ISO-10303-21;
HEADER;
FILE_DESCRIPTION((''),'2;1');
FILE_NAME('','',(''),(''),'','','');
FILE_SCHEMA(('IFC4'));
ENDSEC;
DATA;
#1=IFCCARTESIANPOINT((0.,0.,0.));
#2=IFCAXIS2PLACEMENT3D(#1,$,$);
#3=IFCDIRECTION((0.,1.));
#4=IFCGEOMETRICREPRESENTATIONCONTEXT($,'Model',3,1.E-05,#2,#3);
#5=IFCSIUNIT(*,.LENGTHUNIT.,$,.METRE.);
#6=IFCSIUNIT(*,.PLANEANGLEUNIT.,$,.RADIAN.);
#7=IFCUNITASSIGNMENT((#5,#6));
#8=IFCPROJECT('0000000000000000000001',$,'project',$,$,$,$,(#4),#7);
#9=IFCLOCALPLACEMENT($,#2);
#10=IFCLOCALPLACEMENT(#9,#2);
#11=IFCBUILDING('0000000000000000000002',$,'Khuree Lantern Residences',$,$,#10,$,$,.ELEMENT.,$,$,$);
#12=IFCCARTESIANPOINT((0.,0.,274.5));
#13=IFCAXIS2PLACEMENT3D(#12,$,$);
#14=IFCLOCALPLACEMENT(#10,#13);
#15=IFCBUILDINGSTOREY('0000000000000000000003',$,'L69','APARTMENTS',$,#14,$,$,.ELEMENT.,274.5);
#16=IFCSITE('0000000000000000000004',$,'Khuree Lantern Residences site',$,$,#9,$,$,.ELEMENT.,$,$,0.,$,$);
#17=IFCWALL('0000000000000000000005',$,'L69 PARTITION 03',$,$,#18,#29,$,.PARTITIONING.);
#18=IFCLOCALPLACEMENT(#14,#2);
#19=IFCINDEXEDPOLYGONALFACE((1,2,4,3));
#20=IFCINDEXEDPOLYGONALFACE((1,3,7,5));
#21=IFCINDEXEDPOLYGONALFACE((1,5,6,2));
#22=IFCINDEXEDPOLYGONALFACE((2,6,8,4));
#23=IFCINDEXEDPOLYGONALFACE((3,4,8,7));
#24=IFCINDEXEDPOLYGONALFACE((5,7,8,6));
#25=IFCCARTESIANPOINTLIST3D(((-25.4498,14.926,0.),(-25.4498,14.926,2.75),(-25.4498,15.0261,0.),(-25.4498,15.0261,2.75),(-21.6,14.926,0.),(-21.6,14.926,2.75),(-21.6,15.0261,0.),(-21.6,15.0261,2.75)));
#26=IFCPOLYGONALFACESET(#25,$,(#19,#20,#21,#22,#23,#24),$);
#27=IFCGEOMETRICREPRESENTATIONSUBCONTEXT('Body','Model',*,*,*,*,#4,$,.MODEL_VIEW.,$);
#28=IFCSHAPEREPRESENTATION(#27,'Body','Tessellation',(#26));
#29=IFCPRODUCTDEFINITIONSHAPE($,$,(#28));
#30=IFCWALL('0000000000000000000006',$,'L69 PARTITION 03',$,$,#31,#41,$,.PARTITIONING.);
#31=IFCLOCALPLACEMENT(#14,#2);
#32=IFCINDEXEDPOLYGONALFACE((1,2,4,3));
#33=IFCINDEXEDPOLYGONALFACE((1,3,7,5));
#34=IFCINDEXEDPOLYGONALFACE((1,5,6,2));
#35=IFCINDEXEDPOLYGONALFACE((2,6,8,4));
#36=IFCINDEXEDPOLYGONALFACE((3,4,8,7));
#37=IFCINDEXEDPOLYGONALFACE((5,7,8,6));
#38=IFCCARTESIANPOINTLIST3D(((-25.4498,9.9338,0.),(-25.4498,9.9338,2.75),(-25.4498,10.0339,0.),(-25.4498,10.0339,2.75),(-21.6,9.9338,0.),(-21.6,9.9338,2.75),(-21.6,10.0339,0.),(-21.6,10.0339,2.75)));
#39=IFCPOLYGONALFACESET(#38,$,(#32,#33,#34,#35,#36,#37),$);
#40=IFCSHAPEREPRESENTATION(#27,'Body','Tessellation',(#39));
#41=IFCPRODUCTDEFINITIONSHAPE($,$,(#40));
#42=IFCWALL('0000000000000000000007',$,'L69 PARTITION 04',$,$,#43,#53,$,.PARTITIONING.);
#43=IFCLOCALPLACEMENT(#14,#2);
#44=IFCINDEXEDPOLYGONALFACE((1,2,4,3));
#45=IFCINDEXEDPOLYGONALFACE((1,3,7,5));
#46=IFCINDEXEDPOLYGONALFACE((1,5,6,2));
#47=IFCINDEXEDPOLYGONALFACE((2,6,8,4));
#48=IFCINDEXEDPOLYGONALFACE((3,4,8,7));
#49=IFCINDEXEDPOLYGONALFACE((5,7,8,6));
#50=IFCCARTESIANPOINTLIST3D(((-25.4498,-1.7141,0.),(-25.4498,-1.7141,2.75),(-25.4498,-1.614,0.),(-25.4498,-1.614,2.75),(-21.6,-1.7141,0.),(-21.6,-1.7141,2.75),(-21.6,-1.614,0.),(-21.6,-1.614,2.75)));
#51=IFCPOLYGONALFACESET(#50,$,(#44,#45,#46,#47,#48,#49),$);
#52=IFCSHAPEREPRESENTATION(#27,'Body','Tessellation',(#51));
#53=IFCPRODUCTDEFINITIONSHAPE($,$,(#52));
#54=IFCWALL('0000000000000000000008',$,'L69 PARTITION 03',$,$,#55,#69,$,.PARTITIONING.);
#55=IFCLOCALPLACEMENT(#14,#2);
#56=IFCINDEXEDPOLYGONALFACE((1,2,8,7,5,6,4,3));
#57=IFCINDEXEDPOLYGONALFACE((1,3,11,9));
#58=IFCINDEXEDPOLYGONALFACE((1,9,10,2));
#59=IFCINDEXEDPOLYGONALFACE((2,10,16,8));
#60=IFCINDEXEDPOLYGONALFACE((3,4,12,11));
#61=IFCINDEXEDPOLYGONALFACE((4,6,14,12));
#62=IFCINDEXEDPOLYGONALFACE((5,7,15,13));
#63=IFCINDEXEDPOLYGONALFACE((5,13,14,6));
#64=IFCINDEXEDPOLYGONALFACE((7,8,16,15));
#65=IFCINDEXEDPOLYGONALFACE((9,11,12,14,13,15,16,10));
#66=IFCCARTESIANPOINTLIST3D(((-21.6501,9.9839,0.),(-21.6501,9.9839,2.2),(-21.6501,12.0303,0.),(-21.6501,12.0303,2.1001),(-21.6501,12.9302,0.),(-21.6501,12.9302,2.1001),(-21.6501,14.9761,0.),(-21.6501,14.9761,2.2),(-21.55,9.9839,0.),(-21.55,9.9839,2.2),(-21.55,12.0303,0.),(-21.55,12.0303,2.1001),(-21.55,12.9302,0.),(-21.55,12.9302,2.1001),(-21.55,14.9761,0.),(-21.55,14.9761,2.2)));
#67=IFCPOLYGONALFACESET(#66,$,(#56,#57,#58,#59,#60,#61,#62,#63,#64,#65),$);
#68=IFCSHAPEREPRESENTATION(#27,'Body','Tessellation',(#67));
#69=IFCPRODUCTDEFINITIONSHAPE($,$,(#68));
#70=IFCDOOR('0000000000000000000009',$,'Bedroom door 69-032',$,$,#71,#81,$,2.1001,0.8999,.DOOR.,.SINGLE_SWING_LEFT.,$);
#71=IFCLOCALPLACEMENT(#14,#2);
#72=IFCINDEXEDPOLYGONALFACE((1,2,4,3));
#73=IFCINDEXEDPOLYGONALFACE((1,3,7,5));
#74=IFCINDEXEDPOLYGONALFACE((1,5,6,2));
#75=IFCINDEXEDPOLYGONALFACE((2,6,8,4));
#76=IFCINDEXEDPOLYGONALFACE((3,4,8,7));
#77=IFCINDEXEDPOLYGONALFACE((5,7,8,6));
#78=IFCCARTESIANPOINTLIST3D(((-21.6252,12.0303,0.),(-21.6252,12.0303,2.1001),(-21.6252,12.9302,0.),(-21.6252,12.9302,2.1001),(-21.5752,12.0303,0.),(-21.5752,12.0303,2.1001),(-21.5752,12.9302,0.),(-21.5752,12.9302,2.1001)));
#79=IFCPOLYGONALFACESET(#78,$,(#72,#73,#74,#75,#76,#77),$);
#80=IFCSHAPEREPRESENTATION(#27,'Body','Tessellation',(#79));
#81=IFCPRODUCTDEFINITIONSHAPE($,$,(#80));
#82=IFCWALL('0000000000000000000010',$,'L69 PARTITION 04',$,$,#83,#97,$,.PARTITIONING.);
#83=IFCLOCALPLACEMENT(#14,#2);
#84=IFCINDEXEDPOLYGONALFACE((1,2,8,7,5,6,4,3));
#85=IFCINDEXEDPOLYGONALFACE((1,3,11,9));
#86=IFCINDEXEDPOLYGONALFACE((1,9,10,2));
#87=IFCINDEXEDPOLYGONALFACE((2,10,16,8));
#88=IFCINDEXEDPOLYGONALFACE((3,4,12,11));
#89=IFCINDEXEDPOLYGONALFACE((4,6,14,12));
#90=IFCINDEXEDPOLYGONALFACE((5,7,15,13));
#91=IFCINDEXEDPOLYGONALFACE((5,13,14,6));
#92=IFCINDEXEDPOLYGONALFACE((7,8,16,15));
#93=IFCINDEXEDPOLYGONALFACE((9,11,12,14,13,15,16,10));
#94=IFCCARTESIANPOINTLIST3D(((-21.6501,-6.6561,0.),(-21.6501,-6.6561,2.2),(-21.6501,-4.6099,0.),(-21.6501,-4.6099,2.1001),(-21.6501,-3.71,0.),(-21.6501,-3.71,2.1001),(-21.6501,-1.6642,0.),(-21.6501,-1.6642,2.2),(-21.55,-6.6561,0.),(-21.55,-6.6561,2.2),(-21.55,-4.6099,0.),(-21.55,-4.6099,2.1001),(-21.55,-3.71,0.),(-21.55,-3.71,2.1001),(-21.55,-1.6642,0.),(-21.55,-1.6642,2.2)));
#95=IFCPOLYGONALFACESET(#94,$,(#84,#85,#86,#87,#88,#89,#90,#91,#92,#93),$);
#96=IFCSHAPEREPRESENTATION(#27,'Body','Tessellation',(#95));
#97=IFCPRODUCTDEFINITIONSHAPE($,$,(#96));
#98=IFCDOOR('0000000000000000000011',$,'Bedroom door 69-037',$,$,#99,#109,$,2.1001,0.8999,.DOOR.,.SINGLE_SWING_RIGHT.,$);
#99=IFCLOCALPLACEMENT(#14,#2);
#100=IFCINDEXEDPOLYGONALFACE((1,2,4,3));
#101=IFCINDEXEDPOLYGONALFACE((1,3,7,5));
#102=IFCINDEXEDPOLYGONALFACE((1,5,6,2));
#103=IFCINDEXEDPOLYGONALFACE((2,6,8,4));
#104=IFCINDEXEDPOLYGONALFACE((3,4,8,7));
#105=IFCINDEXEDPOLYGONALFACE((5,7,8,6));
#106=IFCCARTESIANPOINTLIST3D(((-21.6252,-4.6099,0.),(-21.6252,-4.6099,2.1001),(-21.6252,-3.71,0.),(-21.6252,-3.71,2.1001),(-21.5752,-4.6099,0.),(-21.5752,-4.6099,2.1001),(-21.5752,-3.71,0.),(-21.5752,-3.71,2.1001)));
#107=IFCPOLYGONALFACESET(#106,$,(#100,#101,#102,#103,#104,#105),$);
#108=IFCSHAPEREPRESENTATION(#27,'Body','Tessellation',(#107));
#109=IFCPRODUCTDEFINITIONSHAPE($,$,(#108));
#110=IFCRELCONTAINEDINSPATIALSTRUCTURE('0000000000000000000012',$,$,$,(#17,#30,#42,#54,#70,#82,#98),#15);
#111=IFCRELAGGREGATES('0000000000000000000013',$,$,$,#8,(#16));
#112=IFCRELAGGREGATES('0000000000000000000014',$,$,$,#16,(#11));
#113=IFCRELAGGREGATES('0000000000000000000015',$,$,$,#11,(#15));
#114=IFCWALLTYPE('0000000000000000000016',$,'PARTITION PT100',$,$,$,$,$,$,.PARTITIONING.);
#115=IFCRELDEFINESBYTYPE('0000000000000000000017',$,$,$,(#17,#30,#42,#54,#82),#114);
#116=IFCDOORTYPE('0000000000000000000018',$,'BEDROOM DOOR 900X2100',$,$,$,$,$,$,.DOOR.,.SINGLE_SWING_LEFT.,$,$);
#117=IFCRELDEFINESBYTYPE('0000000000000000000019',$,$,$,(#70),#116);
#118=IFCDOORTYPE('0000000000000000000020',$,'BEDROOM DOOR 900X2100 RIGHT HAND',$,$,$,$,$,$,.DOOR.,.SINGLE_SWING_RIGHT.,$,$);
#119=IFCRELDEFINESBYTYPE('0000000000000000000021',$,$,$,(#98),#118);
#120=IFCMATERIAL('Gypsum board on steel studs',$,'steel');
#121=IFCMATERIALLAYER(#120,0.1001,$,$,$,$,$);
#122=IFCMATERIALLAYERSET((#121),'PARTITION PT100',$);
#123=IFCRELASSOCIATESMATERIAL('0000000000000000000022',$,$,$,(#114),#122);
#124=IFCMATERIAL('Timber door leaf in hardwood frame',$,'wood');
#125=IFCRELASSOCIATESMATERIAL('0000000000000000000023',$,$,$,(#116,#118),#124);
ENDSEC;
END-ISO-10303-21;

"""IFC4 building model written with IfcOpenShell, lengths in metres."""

from ifc_helpers import new_model, si_unit, direction, frame, frame_2d, origin, place, context, subcontext, project, spatial, rectangle, extrude, material, layer, layer_set, type_object, element, fill, save


model = new_model("IFC4")

# Units and contexts
model_context = context("Model", 3, precision=1e-05, world=origin(), true_north=direction((0.0, 1.0)))
body_context = subcontext(model_context, "Body", "Model", "MODEL_VIEW")
ifc_project = project(units=[si_unit("LENGTHUNIT", "METRE"), si_unit("PLANEANGLEUNIT", "RADIAN")], contexts=[model_context])

# Site, building, storey
site_placement = place(None, origin())
site = spatial("IfcSite", under=ifc_project, at=site_placement, Name="Khuree Lantern Residences site", CompositionType="ELEMENT", RefElevation=0.0)
building_placement = place(site_placement, origin())
building = spatial("IfcBuilding", under=site, at=building_placement, Name="Khuree Lantern Residences", CompositionType="ELEMENT")
storey_placement = place(building_placement, frame((0.0, 0.0, 274.5)))
storey = spatial("IfcBuildingStorey", under=building, at=storey_placement, Name="L69", Description="APARTMENTS", CompositionType="ELEMENT", Elevation=274.5)

# Shared definitions
ifc_material_1 = material(Name="Timber door leaf in hardwood frame", Category="wood")

# Walls
ifc_material_2 = material(Name="Gypsum board on steel studs", Category="steel")
ifc_layer_1 = layer(ifc_material_2, 0.1001)
ifc_layer_set_1 = layer_set([ifc_layer_1], Name="PARTITION PT100")
wall_type_1 = type_object("IfcWallType", Name="PARTITION PT100", PredefinedType="PARTITIONING", material=ifc_layer_set_1)
for number, where, z_axis, x_axis, name in (
    (1, (-21.6001, 14.9761, 0.0), (0.0, 0.0, 1.0), (-1.0, 0.0, 0.0), "L69 PARTITION 03"),
    (2, (-21.6001, 9.9839, 0.0), (0.0, 0.0, 1.0), (-1.0, 0.0, 0.0), "L69 PARTITION 03"),
    (3, (-21.6001, -1.6641, 0.0), (0.0, 0.0, 1.0), (-1.0, 0.0, 0.0), "L69 PARTITION 04"),
):
    element("IfcWall", number, at=place(storey_placement, frame(where, z_axis=z_axis, x_axis=x_axis)), inside=storey, type_object=wall_type_1, Name=name, PredefinedType="PARTITIONING", context=body_context, shape_type="SweptSolid", body=[
        extrude(rectangle(XDim=3.8499, YDim=0.1001, at=frame_2d((1.9248, 0.0))), origin(), (0.0, 0.0, 1.0), 2.75),
    ])

# Walls, openings, doors
wall_1_placement = place(storey_placement, frame((-21.6001, 14.9761, 0.0), z_axis=(0.0, 0.0, 1.0), x_axis=(0.0, -1.0, 0.0)))
wall_1 = element("IfcWall", 4, at=wall_1_placement, inside=storey, type_object=wall_type_1, Name="L69 PARTITION 03", PredefinedType="PARTITIONING", context=body_context, shape_type="SweptSolid", body=[
    extrude(rectangle(XDim=4.9922, YDim=0.1001, at=frame_2d((2.4961, 0.0))), origin(), (0.0, 0.0, 1.0), 2.2),
])
opening_1_placement = place(wall_1_placement, frame((2.0459, 0.0, 0.0)))
opening_1 = element("IfcOpeningElement", 5, at=opening_1_placement, cuts=wall_1, PredefinedType="OPENING", context=body_context, shape_type="SweptSolid", body=[
    extrude(rectangle(XDim=0.8999, YDim=2.1001, at=frame_2d((0.45, 1.05))), frame((0.0, 0.0601, 0.0), z_axis=(0.0, -1.0, 0.0), x_axis=(1.0, 0.0, 0.0)), (0.0, 0.0, 1.0), 0.1201),
])
door_type_1 = type_object("IfcDoorType", Name="BEDROOM DOOR 900X2100", OperationType="SINGLE_SWING_LEFT", PredefinedType="DOOR", material=ifc_material_1)
door_1_placement = place(opening_1_placement, origin())
door_1 = element("IfcDoor", 6, at=door_1_placement, inside=storey, type_object=door_type_1, Name="Bedroom door 69-032", OperationType="SINGLE_SWING_LEFT", OverallHeight=2.1001, OverallWidth=0.8999, PredefinedType="DOOR", context=body_context, shape_type="SweptSolid", body=[
    extrude(rectangle(XDim=0.8999, YDim=2.1001, at=frame_2d((0.45, 1.05))), frame((0.0, 0.0249, 0.0), z_axis=(0.0, -1.0, 0.0), x_axis=(1.0, 0.0, 0.0)), (0.0, 0.0, 1.0), 0.05),
])
fill(opening_1, door_1)
wall_2_placement = place(storey_placement, frame((-21.6001, -1.6641, 0.0), z_axis=(0.0, 0.0, 1.0), x_axis=(0.0, -1.0, 0.0)))
wall_2 = element("IfcWall", 7, at=wall_2_placement, inside=storey, type_object=wall_type_1, Name="L69 PARTITION 04", PredefinedType="PARTITIONING", context=body_context, shape_type="SweptSolid", body=[
    extrude(rectangle(XDim=4.9919, YDim=0.1001, at=frame_2d((2.4961, 0.0))), origin(), (0.0, 0.0, 1.0), 2.2),
])
opening_2_placement = place(wall_2_placement, frame((2.0459, 0.0, 0.0)))
opening_2 = element("IfcOpeningElement", 8, at=opening_2_placement, cuts=wall_2, PredefinedType="OPENING", context=body_context, shape_type="SweptSolid", body=[
    extrude(rectangle(XDim=0.8999, YDim=2.1001, at=frame_2d((0.45, 1.05))), frame((0.0, 0.0601, 0.0), z_axis=(0.0, -1.0, 0.0), x_axis=(1.0, 0.0, 0.0)), (0.0, 0.0, 1.0), 0.1201),
])
door_type_2 = type_object("IfcDoorType", Name="BEDROOM DOOR 900X2100 RIGHT HAND", OperationType="SINGLE_SWING_RIGHT", PredefinedType="DOOR", material=ifc_material_1)
door_2_placement = place(opening_2_placement, origin())
door_2 = element("IfcDoor", 9, at=door_2_placement, inside=storey, type_object=door_type_2, Name="Bedroom door 69-037", OperationType="SINGLE_SWING_RIGHT", OverallHeight=2.1001, OverallWidth=0.8999, PredefinedType="DOOR", context=body_context, shape_type="SweptSolid", body=[
    extrude(rectangle(XDim=0.8999, YDim=2.1001, at=frame_2d((0.45, 1.05))), frame((0.0, 0.0249, 0.0), z_axis=(0.0, -1.0, 0.0), x_axis=(1.0, 0.0, 0.0)), (0.0, 0.0, 1.0), 0.05),
])
fill(opening_2, door_2)

save(model, "model.ifc")
